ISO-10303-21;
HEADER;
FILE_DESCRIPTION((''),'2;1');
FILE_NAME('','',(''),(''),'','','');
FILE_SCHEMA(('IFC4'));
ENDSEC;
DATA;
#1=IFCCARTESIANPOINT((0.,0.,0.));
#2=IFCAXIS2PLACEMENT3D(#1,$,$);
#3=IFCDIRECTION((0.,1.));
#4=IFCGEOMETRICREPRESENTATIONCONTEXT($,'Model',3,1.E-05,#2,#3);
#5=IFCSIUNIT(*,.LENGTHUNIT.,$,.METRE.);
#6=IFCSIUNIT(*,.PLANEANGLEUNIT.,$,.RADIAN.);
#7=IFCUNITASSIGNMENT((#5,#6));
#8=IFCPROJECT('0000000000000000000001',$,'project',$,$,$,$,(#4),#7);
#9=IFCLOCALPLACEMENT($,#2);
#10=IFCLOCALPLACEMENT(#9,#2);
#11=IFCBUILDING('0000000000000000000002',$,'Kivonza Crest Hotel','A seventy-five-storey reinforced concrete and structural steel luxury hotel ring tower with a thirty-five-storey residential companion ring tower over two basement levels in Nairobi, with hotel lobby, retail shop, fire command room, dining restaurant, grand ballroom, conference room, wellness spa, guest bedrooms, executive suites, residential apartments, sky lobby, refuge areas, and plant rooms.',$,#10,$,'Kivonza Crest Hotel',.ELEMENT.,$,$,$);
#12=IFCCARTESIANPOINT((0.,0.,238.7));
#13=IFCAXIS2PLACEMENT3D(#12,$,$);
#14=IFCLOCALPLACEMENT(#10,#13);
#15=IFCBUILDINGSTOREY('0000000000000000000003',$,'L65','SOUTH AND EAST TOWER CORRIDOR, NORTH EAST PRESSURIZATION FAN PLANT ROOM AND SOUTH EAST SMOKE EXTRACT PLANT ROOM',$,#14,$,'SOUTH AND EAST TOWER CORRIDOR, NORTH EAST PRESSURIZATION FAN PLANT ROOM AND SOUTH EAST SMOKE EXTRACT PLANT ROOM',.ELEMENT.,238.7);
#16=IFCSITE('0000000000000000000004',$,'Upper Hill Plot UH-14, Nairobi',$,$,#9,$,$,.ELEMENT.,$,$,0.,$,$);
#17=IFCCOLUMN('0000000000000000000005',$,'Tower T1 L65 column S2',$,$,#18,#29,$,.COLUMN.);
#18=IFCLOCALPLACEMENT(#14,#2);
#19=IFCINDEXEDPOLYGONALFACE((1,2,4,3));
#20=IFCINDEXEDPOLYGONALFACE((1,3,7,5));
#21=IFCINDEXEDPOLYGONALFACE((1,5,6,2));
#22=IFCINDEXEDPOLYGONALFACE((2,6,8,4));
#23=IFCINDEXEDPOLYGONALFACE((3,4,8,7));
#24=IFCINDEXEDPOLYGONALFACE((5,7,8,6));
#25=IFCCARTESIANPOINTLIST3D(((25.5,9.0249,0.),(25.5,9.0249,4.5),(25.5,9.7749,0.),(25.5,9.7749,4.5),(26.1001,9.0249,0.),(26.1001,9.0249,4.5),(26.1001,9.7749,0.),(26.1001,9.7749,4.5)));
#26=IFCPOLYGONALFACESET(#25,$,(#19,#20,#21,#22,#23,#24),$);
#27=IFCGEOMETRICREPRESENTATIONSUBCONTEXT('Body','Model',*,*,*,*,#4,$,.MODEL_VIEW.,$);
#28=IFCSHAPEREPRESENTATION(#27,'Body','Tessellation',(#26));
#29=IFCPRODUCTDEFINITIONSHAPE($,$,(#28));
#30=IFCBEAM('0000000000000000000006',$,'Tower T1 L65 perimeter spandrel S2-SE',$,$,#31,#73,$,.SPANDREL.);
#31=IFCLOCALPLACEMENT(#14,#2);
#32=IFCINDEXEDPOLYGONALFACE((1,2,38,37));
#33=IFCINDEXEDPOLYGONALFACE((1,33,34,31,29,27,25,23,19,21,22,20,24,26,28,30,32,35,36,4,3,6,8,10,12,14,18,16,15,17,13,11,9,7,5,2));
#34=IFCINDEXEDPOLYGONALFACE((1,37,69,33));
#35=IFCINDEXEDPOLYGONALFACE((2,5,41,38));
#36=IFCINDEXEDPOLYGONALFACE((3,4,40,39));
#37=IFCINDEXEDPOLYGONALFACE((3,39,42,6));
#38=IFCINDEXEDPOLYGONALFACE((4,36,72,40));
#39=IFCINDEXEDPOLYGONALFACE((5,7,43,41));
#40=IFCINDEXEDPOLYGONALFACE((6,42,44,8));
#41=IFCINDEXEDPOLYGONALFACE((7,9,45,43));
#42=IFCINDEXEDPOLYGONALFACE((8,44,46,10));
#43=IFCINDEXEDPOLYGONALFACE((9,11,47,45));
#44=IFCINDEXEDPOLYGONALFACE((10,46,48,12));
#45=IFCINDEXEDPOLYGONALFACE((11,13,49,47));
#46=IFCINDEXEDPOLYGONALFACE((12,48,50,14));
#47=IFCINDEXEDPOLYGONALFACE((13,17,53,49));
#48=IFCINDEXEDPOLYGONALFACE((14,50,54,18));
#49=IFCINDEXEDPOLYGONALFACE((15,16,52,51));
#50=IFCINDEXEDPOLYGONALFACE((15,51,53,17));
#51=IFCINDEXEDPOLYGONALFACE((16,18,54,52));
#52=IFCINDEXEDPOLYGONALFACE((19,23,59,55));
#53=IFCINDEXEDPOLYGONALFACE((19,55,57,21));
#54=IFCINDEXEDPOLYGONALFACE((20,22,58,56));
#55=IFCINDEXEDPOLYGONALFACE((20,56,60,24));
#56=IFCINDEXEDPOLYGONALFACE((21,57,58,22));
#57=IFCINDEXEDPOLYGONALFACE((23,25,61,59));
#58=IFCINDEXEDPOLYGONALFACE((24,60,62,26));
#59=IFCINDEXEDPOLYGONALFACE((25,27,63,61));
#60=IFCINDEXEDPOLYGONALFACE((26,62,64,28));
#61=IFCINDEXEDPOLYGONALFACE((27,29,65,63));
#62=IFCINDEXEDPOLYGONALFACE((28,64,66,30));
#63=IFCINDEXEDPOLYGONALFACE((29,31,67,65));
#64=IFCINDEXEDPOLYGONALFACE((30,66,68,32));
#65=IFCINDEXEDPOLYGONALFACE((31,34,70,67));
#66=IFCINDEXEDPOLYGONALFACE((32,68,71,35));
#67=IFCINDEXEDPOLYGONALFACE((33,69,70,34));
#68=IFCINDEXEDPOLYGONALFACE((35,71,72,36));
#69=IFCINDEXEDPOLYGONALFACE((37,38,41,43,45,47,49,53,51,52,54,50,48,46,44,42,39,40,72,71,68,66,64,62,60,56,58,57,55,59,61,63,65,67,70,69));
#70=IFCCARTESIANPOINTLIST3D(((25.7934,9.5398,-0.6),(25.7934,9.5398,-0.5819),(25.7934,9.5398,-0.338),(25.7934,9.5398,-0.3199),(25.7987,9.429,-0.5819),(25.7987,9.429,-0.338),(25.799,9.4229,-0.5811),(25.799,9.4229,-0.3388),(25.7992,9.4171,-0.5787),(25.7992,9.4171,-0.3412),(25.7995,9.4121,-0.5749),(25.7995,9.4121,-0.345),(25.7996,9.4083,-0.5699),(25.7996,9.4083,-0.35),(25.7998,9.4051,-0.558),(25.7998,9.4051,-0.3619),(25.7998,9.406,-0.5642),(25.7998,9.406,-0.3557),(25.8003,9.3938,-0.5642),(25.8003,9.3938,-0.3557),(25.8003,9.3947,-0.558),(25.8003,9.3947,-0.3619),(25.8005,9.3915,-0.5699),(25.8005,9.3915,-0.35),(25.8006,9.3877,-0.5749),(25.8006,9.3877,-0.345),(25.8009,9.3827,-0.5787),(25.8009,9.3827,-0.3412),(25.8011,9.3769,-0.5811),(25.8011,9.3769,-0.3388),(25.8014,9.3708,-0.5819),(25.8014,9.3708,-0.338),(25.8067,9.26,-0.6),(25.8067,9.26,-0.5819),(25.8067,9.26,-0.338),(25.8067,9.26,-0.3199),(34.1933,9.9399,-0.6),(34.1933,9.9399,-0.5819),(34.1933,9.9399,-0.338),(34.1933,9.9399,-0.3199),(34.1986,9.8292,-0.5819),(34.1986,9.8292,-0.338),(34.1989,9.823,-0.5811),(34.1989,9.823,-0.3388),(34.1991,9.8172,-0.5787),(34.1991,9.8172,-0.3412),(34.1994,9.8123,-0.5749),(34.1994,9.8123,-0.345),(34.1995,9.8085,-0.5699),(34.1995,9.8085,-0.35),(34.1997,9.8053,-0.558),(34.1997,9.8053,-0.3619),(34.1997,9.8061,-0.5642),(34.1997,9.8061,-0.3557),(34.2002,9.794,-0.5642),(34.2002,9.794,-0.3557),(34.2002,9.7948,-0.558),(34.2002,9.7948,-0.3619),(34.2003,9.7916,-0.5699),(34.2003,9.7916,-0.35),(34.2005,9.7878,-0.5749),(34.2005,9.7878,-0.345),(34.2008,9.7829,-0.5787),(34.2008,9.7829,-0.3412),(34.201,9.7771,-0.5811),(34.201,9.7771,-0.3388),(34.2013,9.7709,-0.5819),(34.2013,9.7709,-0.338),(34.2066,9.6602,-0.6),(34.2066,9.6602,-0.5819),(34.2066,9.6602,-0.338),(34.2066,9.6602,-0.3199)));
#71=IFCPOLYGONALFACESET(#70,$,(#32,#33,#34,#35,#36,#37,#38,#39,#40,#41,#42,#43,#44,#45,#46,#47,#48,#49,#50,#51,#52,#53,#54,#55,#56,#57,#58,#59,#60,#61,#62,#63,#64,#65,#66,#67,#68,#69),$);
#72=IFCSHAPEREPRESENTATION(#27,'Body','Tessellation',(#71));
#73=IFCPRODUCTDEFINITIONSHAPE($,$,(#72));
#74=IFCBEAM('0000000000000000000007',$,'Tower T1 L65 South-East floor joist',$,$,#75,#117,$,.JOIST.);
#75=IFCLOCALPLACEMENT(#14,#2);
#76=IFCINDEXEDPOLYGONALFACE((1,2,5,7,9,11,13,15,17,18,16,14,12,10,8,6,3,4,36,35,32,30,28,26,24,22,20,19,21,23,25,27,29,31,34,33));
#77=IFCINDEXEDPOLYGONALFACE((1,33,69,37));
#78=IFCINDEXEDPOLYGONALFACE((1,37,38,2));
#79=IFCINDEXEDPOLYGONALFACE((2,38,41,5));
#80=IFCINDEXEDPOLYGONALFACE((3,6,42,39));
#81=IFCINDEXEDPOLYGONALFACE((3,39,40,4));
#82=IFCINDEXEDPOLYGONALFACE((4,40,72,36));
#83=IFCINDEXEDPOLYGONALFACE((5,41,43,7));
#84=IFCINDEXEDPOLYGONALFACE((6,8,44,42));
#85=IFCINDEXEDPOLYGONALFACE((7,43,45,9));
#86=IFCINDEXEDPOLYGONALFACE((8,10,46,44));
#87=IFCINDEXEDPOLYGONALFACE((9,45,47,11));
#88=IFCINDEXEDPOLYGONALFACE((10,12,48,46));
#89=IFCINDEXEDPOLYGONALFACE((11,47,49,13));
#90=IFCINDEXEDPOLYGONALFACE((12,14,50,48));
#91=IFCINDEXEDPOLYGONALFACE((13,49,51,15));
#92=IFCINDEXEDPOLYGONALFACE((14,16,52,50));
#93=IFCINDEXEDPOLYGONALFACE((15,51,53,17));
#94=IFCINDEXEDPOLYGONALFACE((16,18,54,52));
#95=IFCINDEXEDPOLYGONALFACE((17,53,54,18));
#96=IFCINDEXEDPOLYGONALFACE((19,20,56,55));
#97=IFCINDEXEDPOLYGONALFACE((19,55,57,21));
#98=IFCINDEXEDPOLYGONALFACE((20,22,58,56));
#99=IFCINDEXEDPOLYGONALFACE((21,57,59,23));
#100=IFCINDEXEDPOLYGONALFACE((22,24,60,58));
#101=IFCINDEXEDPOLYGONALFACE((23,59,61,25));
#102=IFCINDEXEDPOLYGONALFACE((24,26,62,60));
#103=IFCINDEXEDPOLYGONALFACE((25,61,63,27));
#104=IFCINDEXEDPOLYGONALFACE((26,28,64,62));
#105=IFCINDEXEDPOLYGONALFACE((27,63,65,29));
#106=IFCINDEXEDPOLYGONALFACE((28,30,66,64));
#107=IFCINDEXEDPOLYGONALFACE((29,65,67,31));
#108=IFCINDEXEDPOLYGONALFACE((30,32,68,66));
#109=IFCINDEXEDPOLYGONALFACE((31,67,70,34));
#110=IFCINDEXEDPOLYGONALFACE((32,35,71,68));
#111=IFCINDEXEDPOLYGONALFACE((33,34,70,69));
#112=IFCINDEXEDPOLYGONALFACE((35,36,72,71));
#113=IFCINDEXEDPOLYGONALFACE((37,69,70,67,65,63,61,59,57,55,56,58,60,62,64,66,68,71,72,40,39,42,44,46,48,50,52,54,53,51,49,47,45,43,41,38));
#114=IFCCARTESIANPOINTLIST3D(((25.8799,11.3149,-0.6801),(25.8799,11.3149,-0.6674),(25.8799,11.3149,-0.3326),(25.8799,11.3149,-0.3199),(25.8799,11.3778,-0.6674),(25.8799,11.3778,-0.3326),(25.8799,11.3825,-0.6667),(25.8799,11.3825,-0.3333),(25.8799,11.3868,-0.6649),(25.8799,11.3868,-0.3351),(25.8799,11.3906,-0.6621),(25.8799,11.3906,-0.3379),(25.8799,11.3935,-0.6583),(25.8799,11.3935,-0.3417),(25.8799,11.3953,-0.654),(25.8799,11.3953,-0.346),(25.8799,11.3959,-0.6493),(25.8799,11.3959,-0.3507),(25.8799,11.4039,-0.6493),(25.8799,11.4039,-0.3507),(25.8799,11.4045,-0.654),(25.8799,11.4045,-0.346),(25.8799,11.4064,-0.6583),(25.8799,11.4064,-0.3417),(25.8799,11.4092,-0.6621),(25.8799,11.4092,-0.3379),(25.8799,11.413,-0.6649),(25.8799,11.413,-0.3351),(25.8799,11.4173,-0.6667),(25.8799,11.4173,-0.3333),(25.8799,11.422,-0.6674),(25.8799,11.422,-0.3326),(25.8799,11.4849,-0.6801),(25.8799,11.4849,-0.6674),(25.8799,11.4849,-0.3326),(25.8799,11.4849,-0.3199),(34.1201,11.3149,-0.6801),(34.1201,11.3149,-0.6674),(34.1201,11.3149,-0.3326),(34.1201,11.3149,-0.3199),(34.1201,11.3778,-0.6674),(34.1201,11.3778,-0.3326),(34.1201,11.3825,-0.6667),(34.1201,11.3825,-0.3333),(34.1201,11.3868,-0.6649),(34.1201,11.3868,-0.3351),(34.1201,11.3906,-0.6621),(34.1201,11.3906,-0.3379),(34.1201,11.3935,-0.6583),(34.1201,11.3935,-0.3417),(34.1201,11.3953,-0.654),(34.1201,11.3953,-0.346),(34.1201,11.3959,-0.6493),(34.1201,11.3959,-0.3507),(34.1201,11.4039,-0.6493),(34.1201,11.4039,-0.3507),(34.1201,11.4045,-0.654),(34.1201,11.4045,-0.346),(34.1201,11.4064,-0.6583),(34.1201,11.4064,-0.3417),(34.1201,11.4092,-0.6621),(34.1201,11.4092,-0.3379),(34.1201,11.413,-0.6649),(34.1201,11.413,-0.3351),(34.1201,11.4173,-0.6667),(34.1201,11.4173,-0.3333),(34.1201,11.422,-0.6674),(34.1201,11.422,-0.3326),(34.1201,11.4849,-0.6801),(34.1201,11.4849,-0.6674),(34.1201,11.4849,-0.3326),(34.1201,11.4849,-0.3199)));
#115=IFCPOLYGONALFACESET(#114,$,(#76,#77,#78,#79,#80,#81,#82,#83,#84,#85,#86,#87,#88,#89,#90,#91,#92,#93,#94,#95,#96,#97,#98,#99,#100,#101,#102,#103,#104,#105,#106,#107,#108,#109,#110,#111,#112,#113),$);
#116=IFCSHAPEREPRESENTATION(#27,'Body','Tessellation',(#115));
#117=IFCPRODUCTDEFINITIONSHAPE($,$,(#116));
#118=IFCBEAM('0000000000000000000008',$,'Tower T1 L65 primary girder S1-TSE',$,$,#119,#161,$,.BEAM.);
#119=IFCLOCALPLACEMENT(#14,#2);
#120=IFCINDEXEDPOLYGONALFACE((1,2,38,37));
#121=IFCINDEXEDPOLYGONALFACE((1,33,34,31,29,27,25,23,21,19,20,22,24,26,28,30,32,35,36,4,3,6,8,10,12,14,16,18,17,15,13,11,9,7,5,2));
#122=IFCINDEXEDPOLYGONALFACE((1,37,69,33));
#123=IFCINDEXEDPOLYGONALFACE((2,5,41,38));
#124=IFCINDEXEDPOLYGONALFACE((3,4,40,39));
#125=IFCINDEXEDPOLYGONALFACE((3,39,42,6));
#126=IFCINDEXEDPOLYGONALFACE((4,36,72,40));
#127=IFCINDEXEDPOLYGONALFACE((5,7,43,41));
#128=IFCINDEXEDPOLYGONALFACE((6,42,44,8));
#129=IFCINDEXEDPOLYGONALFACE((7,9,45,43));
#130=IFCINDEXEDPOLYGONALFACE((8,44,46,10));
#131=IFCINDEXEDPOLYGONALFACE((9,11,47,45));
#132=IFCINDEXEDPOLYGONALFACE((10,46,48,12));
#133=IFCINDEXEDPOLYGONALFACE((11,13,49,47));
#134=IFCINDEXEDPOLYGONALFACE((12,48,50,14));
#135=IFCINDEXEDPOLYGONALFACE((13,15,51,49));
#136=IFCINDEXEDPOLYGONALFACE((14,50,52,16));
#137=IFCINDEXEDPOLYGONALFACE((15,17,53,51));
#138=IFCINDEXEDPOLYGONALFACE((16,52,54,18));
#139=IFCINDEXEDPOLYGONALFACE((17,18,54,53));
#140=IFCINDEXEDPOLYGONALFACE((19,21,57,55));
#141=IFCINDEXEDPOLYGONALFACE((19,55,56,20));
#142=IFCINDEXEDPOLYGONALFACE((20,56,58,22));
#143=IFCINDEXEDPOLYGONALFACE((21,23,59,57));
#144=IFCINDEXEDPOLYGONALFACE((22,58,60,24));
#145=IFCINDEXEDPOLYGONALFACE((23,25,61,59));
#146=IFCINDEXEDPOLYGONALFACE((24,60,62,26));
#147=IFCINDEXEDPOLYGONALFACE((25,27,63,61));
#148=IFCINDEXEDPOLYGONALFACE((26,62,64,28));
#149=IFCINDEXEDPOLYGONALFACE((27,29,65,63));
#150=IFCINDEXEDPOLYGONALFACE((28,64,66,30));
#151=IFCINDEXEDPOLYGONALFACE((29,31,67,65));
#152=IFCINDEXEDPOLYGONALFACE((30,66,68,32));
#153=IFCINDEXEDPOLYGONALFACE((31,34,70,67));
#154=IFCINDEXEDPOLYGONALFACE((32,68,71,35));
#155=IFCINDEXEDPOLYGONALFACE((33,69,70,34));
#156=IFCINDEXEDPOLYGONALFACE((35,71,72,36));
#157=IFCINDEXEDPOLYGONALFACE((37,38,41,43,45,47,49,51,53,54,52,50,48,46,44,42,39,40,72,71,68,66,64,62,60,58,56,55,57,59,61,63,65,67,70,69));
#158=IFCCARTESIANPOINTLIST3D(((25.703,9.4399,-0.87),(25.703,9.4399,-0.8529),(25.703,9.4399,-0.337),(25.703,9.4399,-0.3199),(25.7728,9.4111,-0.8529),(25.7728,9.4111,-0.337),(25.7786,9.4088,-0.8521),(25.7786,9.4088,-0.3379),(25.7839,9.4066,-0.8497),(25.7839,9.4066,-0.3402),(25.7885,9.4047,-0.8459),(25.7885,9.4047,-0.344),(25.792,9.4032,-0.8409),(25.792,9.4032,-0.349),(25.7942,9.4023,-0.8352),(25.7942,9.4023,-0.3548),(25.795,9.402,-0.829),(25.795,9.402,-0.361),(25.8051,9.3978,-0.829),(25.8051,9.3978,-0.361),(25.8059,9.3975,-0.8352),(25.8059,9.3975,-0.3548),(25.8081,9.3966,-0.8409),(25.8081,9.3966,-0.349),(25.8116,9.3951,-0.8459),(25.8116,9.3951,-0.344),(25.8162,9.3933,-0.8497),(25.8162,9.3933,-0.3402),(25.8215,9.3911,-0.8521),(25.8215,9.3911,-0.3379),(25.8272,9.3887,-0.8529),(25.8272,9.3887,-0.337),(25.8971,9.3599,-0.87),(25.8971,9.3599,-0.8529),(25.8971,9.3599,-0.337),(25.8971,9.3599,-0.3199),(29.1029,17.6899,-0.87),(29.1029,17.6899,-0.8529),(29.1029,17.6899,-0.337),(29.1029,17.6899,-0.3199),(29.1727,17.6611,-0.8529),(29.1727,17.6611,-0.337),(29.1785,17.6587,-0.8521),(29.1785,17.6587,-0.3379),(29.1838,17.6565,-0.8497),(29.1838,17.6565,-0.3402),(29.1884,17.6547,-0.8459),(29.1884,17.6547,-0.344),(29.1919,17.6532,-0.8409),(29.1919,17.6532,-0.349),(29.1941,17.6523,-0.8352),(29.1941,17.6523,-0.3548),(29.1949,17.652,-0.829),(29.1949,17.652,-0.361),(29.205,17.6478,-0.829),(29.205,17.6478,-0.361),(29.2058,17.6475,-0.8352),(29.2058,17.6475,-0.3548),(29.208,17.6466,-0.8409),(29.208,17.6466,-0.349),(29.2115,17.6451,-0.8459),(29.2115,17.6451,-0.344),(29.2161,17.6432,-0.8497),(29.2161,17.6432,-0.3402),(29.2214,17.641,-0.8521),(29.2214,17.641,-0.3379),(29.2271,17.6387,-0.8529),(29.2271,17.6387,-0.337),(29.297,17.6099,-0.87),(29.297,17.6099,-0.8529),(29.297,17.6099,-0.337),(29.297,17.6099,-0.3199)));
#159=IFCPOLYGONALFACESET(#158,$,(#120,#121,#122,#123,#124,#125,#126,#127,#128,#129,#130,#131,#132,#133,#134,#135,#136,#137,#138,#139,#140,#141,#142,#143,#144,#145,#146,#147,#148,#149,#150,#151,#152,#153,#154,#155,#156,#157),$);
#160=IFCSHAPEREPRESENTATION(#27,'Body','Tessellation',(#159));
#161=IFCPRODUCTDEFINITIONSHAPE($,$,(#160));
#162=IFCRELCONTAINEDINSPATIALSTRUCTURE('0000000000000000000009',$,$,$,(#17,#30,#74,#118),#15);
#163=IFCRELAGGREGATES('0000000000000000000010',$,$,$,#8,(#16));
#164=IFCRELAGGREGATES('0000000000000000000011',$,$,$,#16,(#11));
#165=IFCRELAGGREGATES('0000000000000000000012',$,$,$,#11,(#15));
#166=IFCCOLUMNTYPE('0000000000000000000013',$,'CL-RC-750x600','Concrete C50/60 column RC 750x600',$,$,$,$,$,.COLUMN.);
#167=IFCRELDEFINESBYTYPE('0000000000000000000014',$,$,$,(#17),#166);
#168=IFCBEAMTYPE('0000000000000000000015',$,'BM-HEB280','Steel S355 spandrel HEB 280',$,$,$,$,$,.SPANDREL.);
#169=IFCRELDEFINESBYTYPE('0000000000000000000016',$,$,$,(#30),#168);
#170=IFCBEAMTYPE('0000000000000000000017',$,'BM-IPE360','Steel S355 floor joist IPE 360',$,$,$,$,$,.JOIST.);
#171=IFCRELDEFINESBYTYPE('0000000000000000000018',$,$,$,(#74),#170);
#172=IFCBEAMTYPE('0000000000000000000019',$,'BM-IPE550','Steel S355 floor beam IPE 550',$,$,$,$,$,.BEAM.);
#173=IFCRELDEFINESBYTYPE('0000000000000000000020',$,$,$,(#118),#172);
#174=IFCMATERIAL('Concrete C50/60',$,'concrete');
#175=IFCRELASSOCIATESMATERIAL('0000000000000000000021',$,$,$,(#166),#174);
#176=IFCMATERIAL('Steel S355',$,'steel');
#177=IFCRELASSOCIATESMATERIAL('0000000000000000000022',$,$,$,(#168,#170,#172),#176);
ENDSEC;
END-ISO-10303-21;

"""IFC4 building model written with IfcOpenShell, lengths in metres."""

from ifc_helpers import new_model, si_unit, direction, frame, origin, origin_2d, place, context, subcontext, project, spatial, rectangle, i_section, extrude, material, material_profile, profile_set, type_object, element, save


model = new_model("IFC4")

# Units and contexts
model_context = context("Model", 3, precision=1e-05, world=origin(), true_north=direction((0.0, 1.0)))
body_context = subcontext(model_context, "Body", "Model", "MODEL_VIEW")
ifc_project = project(units=[si_unit("LENGTHUNIT", "METRE"), si_unit("PLANEANGLEUNIT", "RADIAN")], contexts=[model_context])

# Site, building, storey
site_placement = place(None, origin())
site = spatial("IfcSite", under=ifc_project, at=site_placement, Name="Upper Hill Plot UH-14, Nairobi", CompositionType="ELEMENT", RefElevation=0.0)
building_placement = place(site_placement, origin())
building = spatial("IfcBuilding", under=site, at=building_placement, Name="Kivonza Crest Hotel", Description="A seventy-five-storey reinforced concrete and structural steel luxury hotel ring tower with a thirty-five-storey residential companion ring tower over two basement levels in Nairobi, with hotel lobby, retail shop, fire command room, dining restaurant, grand ballroom, conference room, wellness spa, guest bedrooms, executive suites, residential apartments, sky lobby, refuge areas, and plant rooms.", LongName="Kivonza Crest Hotel", CompositionType="ELEMENT")
storey_placement = place(building_placement, frame((0.0, 0.0, 238.7)))
storey = spatial("IfcBuildingStorey", under=building, at=storey_placement, Name="L65", Description="SOUTH AND EAST TOWER CORRIDOR, NORTH EAST PRESSURIZATION FAN PLANT ROOM AND SOUTH EAST SMOKE EXTRACT PLANT ROOM", LongName="SOUTH AND EAST TOWER CORRIDOR, NORTH EAST PRESSURIZATION FAN PLANT ROOM AND SOUTH EAST SMOKE EXTRACT PLANT ROOM", CompositionType="ELEMENT", Elevation=238.7)

# Column
ifc_material_1 = material(Name="Concrete C50/60", Category="concrete")
ifc_material_profile_1 = material_profile(ifc_material_1, rectangle(XDim=0.6001, YDim=0.75, at=origin_2d()), Name="RC 750x600")
ifc_profile_set_1 = profile_set([ifc_material_profile_1], Name="Concrete C50/60")
column_type = type_object("IfcColumnType", Name="CL-RC-750x600", Description="Concrete C50/60 column RC 750x600", PredefinedType="COLUMN", material=ifc_profile_set_1)
column_placement = place(storey_placement, frame((25.8, 9.3999, 0.0), z_axis=(0.0, 0.0, 1.0), x_axis=(1.0, 0.0, 0.0)))
element("IfcColumn", 1, at=column_placement, inside=storey, type_object=column_type, Name="Tower T1 L65 column S2", PredefinedType="COLUMN", context=body_context, shape_type="SweptSolid", body=[
    extrude(rectangle(XDim=0.6001, YDim=0.75, at=origin_2d()), origin(), (0.0, 0.0, 1.0), 4.5),
])

# Beams
ifc_material_2 = material(Name="Steel S355", Category="steel")
ifc_material_profile_2 = material_profile(ifc_material_2, i_section(OverallWidth=0.28, OverallDepth=0.28, WebThickness=0.0105, FlangeThickness=0.0181, FilletRadius=0.0239, at=origin_2d()), Name="HEB 280")
ifc_profile_set_2 = profile_set([ifc_material_profile_2], Name="Steel S355")
beam_type_1 = type_object("IfcBeamType", Name="BM-HEB280", Description="Steel S355 spandrel HEB 280", PredefinedType="SPANDREL", material=ifc_profile_set_2)
beam_1_placement = place(storey_placement, frame((25.8, 9.3999, -0.46), z_axis=(0.998867, 0.047583, 0.0), x_axis=(-0.047583, 0.998867, 0.0)))
element("IfcBeam", 2, at=beam_1_placement, inside=storey, type_object=beam_type_1, Name="Tower T1 L65 perimeter spandrel S2-SE", PredefinedType="SPANDREL", context=body_context, shape_type="SweptSolid", body=[
    extrude(i_section(OverallWidth=0.28, OverallDepth=0.28, WebThickness=0.0105, FlangeThickness=0.0181, FilletRadius=0.0239, at=origin_2d()), origin(), (0.0, 0.0, 1.0), 8.4094),
])
ifc_material_profile_3 = material_profile(ifc_material_2, i_section(OverallWidth=0.1699, OverallDepth=0.3601, WebThickness=0.0081, FlangeThickness=0.0127, FilletRadius=0.0181, at=origin_2d()), Name="IPE 360")
ifc_profile_set_3 = profile_set([ifc_material_profile_3], Name="Steel S355")
beam_type_2 = type_object("IfcBeamType", Name="BM-IPE360", Description="Steel S355 floor joist IPE 360", PredefinedType="JOIST", material=ifc_profile_set_3)
beam_2_placement = place(storey_placement, frame((25.8799, 11.3999, -0.5), z_axis=(1.0, 0.0, 0.0), x_axis=(0.0, 1.0, 0.0)))
element("IfcBeam", 3, at=beam_2_placement, inside=storey, type_object=beam_type_2, Name="Tower T1 L65 South-East floor joist", PredefinedType="JOIST", context=body_context, shape_type="SweptSolid", body=[
    extrude(i_section(OverallWidth=0.1699, OverallDepth=0.3601, WebThickness=0.0081, FlangeThickness=0.0127, FilletRadius=0.0181, at=origin_2d()), origin(), (0.0, 0.0, 1.0), 8.2402),
])
ifc_material_profile_4 = material_profile(ifc_material_2, i_section(OverallWidth=0.21, OverallDepth=0.55, WebThickness=0.011, FlangeThickness=0.0171, FilletRadius=0.0239, at=origin_2d()), Name="IPE 550")
ifc_profile_set_4 = profile_set([ifc_material_profile_4], Name="Steel S355")
beam_type_3 = type_object("IfcBeamType", Name="BM-IPE550", Description="Steel S355 floor beam IPE 550", PredefinedType="BEAM", material=ifc_profile_set_4)
beam_3_placement = place(storey_placement, frame((25.8, 9.3999, -0.595), z_axis=(0.381022, 0.924566, 0.0), x_axis=(-0.924566, 0.381022, 0.0)))
element("IfcBeam", 4, at=beam_3_placement, inside=storey, type_object=beam_type_3, Name="Tower T1 L65 primary girder S1-TSE", PredefinedType="BEAM", context=body_context, shape_type="SweptSolid", body=[
    extrude(i_section(OverallWidth=0.21, OverallDepth=0.55, WebThickness=0.011, FlangeThickness=0.0171, FilletRadius=0.0239, at=origin_2d()), origin(), (0.0, 0.0, 1.0), 8.9231),
])

save(model, "model.ifc")
